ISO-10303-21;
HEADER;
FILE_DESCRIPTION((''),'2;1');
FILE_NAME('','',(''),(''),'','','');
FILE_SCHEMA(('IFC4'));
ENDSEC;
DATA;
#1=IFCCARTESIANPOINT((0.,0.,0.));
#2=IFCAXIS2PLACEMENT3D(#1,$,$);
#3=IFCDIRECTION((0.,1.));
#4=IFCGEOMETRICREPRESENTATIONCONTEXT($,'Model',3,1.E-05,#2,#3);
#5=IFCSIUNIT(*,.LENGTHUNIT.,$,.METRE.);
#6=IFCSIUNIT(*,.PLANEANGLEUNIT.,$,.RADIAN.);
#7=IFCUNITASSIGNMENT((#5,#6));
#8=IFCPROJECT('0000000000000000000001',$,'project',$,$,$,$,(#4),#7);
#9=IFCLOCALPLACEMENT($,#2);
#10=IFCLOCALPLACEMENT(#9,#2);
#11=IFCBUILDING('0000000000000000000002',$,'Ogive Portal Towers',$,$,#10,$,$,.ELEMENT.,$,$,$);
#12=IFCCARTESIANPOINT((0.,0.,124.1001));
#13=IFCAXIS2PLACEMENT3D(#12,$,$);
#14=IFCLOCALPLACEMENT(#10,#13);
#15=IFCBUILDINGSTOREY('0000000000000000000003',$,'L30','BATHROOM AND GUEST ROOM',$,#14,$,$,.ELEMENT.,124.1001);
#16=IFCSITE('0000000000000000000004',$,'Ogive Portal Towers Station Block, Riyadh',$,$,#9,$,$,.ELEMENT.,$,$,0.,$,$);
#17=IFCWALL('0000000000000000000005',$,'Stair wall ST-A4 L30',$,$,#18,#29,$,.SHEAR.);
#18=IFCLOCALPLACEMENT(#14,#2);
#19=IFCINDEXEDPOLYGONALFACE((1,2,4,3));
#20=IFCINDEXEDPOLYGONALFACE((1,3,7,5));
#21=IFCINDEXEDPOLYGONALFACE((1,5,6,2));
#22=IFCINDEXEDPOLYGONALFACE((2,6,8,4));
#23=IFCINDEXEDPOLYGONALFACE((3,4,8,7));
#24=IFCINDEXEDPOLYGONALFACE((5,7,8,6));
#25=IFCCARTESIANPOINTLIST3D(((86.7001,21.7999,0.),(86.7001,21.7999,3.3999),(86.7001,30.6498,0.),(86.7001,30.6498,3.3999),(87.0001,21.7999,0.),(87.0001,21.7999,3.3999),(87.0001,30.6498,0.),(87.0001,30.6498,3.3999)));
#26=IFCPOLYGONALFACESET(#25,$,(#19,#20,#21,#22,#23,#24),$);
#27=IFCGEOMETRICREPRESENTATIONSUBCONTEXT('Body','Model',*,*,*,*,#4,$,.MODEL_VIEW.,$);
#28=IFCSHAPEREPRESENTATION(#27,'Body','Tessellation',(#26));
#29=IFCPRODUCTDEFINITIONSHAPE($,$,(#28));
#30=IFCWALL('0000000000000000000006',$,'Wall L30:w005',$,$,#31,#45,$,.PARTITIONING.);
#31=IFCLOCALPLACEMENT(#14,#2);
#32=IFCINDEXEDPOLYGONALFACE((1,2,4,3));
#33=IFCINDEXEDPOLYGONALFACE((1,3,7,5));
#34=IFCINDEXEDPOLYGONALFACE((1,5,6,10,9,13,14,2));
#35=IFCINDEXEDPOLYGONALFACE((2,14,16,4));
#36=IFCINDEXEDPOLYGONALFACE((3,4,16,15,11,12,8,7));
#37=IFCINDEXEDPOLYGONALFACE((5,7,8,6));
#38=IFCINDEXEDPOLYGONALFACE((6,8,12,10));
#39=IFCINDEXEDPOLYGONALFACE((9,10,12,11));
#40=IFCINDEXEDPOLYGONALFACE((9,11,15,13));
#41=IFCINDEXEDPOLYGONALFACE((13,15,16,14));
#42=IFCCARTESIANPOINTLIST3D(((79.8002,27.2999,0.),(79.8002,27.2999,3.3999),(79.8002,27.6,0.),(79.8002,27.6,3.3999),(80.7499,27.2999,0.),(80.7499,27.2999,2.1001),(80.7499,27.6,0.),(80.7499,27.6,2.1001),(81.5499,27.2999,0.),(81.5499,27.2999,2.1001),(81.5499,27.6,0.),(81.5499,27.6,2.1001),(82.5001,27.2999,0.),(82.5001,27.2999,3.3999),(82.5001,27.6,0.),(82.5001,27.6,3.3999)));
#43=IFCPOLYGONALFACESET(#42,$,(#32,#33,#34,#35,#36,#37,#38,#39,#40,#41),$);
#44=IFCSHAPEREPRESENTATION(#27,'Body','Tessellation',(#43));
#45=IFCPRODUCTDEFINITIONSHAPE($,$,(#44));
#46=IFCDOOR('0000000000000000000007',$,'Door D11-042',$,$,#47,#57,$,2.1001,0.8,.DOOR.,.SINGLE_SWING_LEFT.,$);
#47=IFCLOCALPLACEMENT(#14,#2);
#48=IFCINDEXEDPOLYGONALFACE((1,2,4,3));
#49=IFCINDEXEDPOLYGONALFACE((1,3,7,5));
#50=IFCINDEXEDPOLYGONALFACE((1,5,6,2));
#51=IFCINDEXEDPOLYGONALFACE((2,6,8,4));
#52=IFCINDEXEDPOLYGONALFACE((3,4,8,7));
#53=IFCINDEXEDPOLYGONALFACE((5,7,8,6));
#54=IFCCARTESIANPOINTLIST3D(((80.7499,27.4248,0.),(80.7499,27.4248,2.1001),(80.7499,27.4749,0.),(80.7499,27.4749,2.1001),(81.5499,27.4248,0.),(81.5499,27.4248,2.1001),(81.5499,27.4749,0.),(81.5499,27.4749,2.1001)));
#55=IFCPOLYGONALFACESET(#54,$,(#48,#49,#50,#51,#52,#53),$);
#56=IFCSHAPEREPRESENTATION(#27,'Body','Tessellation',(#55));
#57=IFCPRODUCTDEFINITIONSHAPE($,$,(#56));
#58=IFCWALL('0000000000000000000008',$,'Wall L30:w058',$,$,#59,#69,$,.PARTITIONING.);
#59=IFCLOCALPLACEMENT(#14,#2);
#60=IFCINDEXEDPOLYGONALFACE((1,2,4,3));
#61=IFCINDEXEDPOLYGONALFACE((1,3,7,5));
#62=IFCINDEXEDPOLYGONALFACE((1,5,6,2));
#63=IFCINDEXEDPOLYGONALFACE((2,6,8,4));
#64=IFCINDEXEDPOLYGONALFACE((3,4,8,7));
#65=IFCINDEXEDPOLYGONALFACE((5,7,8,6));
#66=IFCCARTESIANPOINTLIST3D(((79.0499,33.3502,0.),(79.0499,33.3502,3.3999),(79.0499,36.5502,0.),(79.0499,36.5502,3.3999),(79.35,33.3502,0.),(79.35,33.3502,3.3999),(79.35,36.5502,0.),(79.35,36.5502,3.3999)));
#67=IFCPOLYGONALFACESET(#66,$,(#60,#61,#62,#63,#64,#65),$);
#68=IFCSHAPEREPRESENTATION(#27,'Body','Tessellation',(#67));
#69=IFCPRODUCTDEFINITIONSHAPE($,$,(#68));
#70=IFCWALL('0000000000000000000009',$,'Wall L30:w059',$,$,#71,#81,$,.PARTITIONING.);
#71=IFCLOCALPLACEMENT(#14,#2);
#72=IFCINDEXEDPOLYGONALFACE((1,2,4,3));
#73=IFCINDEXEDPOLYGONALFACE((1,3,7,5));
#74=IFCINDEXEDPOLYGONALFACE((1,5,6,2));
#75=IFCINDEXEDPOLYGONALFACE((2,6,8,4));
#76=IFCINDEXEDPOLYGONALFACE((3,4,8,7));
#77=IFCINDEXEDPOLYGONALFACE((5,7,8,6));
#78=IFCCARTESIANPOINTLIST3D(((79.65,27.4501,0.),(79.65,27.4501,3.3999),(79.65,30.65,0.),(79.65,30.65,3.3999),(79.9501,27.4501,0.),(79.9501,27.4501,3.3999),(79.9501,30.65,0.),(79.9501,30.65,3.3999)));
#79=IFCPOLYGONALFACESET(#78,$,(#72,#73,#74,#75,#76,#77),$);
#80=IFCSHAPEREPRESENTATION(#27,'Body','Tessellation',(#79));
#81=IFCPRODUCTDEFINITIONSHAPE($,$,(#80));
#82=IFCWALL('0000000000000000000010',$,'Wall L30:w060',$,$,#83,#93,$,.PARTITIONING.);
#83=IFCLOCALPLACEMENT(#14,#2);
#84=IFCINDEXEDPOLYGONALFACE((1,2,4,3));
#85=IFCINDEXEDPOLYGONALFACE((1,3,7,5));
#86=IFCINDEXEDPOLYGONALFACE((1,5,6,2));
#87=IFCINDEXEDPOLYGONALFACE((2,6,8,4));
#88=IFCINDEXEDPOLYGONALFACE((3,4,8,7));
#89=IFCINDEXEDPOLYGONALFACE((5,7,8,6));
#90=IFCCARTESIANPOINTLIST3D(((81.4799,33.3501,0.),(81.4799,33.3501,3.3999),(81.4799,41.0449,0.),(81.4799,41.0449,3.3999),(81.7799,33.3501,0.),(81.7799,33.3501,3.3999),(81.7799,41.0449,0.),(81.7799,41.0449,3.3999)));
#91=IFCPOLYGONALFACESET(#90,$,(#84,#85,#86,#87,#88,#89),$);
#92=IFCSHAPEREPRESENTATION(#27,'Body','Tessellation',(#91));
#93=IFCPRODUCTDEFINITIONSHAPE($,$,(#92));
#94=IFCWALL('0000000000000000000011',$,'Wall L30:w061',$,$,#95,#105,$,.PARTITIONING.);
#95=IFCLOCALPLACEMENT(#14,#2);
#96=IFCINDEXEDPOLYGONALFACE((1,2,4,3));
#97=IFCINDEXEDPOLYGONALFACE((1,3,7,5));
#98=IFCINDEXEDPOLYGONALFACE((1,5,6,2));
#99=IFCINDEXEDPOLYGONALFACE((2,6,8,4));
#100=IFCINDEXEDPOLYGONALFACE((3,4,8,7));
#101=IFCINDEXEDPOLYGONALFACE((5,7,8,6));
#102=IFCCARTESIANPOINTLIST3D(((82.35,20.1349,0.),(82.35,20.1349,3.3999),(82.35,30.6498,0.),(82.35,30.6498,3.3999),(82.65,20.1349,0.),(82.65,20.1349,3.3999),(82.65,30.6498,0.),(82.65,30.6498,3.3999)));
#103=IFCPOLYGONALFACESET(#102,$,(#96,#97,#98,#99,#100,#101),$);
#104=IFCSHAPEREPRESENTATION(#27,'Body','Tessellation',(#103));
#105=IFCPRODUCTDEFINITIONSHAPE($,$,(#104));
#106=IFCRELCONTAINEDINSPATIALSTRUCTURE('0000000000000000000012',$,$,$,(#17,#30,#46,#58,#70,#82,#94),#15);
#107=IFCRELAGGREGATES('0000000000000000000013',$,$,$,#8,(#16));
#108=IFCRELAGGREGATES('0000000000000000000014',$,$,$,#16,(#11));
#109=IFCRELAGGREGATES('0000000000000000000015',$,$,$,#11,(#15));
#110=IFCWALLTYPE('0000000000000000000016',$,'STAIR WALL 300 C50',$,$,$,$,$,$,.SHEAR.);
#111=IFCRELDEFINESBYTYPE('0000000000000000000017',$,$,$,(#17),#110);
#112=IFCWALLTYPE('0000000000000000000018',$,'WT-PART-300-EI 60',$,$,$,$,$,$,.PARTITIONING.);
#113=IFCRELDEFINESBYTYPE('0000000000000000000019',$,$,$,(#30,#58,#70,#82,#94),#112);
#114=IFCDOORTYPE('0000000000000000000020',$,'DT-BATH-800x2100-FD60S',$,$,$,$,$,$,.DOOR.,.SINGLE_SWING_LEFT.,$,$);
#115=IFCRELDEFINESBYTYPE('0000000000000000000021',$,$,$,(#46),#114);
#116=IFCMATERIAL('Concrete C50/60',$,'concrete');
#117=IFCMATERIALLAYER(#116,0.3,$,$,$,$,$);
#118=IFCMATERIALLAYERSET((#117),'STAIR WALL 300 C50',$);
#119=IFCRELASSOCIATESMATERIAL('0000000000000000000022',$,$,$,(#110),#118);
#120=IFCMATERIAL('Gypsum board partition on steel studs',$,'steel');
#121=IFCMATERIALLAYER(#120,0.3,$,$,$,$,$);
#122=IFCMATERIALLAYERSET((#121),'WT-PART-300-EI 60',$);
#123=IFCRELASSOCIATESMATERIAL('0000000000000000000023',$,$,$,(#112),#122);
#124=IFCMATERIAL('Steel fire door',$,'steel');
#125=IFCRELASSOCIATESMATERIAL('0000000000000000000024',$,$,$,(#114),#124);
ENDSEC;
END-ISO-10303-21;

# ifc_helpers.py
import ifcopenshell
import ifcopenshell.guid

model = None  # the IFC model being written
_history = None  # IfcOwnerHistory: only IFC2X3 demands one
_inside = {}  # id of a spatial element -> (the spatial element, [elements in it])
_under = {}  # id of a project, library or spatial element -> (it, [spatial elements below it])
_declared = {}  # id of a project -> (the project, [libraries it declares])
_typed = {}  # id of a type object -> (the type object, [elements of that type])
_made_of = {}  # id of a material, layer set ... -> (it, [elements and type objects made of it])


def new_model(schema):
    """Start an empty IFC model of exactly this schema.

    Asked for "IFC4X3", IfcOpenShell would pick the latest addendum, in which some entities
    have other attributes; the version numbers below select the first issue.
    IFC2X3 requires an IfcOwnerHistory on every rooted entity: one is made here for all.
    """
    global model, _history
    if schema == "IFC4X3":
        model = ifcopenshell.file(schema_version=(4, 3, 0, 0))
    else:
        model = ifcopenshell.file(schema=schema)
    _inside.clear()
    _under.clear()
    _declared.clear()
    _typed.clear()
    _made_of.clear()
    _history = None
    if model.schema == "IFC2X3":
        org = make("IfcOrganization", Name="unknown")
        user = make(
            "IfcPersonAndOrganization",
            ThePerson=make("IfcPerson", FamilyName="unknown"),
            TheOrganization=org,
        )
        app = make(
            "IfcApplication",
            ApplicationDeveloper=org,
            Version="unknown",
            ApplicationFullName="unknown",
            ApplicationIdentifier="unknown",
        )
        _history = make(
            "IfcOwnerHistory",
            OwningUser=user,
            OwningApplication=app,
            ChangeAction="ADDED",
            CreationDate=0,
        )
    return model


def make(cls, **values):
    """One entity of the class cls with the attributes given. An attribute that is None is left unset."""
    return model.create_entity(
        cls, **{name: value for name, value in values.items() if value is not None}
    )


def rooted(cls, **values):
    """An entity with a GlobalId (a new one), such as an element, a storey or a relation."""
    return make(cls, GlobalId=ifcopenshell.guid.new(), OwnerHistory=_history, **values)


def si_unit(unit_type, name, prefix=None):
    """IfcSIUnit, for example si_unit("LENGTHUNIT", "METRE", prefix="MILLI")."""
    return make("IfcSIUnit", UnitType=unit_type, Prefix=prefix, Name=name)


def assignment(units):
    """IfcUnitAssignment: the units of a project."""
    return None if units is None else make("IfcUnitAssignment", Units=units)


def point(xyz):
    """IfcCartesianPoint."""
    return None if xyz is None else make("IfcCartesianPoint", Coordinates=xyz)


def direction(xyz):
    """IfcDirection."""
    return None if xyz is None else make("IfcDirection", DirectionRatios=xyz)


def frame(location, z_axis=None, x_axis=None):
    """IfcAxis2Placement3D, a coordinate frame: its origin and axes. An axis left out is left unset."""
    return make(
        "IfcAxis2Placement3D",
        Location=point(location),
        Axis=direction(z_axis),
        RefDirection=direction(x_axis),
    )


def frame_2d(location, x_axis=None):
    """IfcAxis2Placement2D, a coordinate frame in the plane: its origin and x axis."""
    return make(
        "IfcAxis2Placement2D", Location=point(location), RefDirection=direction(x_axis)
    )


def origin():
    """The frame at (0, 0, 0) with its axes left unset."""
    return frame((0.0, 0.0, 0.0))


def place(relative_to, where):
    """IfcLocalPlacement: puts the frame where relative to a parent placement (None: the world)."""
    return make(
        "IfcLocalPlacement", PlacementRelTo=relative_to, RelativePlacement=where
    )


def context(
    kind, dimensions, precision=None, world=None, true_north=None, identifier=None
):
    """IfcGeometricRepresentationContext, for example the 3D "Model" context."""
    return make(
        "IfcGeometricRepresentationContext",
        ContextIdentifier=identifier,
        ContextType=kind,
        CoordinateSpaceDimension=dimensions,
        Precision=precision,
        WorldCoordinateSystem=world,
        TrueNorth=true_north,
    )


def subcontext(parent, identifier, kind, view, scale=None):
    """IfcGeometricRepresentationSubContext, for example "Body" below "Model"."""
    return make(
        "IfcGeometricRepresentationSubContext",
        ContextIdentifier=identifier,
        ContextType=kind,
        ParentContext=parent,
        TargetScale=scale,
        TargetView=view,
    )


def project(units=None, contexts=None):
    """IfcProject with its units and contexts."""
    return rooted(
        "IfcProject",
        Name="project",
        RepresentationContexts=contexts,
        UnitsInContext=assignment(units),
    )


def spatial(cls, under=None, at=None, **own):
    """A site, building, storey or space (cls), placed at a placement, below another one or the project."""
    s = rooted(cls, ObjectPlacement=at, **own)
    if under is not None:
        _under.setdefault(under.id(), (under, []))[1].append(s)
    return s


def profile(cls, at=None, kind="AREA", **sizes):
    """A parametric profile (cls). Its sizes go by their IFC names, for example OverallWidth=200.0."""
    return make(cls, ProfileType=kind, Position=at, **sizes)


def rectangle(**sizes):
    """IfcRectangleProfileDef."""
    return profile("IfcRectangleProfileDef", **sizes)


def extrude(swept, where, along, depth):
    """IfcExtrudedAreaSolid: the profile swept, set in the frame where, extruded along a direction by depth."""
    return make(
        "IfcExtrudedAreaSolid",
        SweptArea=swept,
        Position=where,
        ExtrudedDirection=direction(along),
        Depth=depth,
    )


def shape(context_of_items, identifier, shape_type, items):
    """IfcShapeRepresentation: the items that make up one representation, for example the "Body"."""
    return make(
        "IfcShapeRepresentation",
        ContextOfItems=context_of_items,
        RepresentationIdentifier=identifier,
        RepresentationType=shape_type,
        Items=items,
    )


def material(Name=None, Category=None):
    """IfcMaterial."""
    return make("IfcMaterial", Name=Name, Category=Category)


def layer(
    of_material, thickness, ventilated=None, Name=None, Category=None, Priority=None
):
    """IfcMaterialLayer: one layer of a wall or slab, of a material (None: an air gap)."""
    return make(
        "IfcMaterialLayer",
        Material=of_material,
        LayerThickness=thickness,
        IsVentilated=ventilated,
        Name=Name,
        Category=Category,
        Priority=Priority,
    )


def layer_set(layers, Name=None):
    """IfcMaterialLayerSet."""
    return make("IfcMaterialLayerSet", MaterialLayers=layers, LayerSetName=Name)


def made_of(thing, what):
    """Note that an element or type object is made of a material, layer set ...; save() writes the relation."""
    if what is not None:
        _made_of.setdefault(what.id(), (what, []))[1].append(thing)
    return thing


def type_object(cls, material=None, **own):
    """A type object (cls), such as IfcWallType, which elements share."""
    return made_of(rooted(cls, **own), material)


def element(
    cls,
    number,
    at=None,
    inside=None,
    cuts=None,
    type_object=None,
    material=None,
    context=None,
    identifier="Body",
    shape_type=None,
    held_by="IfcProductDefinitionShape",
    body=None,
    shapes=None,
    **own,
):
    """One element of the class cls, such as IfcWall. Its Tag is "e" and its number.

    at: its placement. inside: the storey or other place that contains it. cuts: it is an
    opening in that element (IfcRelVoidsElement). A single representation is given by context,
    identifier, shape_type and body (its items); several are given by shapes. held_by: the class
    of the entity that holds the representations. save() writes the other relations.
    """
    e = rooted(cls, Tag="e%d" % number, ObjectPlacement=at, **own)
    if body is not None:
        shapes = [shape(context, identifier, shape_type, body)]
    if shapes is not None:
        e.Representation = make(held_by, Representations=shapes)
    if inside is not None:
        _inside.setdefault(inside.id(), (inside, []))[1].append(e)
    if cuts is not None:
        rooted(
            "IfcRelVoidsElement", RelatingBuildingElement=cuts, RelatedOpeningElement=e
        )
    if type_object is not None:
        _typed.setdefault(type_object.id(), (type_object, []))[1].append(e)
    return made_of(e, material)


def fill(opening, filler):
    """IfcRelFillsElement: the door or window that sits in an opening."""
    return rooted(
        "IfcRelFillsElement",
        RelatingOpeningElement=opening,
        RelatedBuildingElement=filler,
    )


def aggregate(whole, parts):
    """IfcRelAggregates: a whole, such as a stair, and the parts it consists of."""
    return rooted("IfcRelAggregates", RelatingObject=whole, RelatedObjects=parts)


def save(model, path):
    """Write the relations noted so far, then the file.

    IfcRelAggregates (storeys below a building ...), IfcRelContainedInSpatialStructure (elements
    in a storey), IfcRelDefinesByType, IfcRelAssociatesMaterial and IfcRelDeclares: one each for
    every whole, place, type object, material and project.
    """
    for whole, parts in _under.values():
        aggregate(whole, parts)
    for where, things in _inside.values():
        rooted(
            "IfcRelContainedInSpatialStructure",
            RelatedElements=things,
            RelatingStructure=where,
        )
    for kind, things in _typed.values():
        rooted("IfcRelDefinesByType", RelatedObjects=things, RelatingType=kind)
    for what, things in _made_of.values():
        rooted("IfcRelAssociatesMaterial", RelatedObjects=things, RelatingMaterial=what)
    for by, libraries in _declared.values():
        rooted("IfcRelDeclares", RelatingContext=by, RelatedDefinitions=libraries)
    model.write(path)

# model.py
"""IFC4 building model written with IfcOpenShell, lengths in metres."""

from ifc_helpers import new_model, si_unit, direction, frame, frame_2d, origin, place, context, subcontext, project, spatial, rectangle, extrude, material, layer, layer_set, type_object, element, fill, save


model = new_model("IFC4")

# Units and contexts
model_context = context("Model", 3, precision=1e-05, world=origin(), true_north=direction((0.0, 1.0)))
body_context = subcontext(model_context, "Body", "Model", "MODEL_VIEW")
ifc_project = project(units=[si_unit("LENGTHUNIT", "METRE"), si_unit("PLANEANGLEUNIT", "RADIAN")], contexts=[model_context])

# Site, building, storey
site_placement = place(None, origin())
site = spatial("IfcSite", under=ifc_project, at=site_placement, Name="Ogive Portal Towers Station Block, Riyadh", CompositionType="ELEMENT", RefElevation=0.0)
building_placement = place(site_placement, origin())
building = spatial("IfcBuilding", under=site, at=building_placement, Name="Ogive Portal Towers", CompositionType="ELEMENT")
storey_placement = place(building_placement, frame((0.0, 0.0, 124.1001)))
storey = spatial("IfcBuildingStorey", under=building, at=storey_placement, Name="L30", Description="BATHROOM AND GUEST ROOM", CompositionType="ELEMENT", Elevation=124.1001)

# Shared definitions
ifc_material_1 = material(Name="Steel fire door", Category="steel")

# Shared definitions
ifc_material_2 = material(Name="Concrete C50/60", Category="concrete")
ifc_layer_1 = layer(ifc_material_2, 0.3)
ifc_layer_set_1 = layer_set([ifc_layer_1], Name="STAIR WALL 300 C50")
wall_type_1 = type_object("IfcWallType", Name="STAIR WALL 300 C50", PredefinedType="SHEAR", material=ifc_layer_set_1)

# Wall
wall_1_placement = place(storey_placement, frame((86.8501, 21.8, 0.0), z_axis=(0.0, 0.0, 1.0), x_axis=(0.0, 1.0, 0.0)))
element("IfcWall", 1, at=wall_1_placement, inside=storey, type_object=wall_type_1, Name="Stair wall ST-A4 L30", PredefinedType="SHEAR", context=body_context, shape_type="SweptSolid", body=[
    extrude(rectangle(XDim=8.8499, YDim=0.3, at=frame_2d((4.4248, 0.0))), origin(), (0.0, 0.0, 1.0), 3.3999),
])

# Wall, opening, door
ifc_material_3 = material(Name="Gypsum board partition on steel studs", Category="steel")
ifc_layer_2 = layer(ifc_material_3, 0.3)
ifc_layer_set_2 = layer_set([ifc_layer_2], Name="WT-PART-300-EI 60")
wall_type_2 = type_object("IfcWallType", Name="WT-PART-300-EI 60", PredefinedType="PARTITIONING", material=ifc_layer_set_2)
wall_2_placement = place(storey_placement, frame((79.8, 27.45, 0.0), z_axis=(0.0, 0.0, 1.0), x_axis=(1.0, 0.0, 0.0)))
wall_2 = element("IfcWall", 2, at=wall_2_placement, inside=storey, type_object=wall_type_2, Name="Wall L30:w005", PredefinedType="PARTITIONING", context=body_context, shape_type="SweptSolid", body=[
    extrude(rectangle(XDim=2.7, YDim=0.3, at=frame_2d((1.3501, 0.0))), origin(), (0.0, 0.0, 1.0), 3.3999),
])
opening_1_placement = place(wall_2_placement, frame((0.95, 0.0, 0.0)))
opening_1 = element("IfcOpeningElement", 3, at=opening_1_placement, cuts=wall_2, PredefinedType="OPENING", context=body_context, shape_type="SweptSolid", body=[
    extrude(rectangle(XDim=0.8, YDim=2.1001, at=frame_2d((0.3999, 1.05))), frame((0.0, 0.1602, 0.0), z_axis=(0.0, -1.0, 0.0), x_axis=(1.0, 0.0, 0.0)), (0.0, 0.0, 1.0), 0.3201),
])
door_type_1 = type_object("IfcDoorType", Name="DT-BATH-800x2100-FD60S", OperationType="SINGLE_SWING_LEFT", PredefinedType="DOOR", material=ifc_material_1)
door_1_placement = place(opening_1_placement, origin())
door_1 = element("IfcDoor", 4, at=door_1_placement, inside=storey, type_object=door_type_1, Name="Door D11-042", OperationType="SINGLE_SWING_LEFT", OverallHeight=2.1001, OverallWidth=0.8, PredefinedType="DOOR", context=body_context, shape_type="SweptSolid", body=[
    extrude(rectangle(XDim=0.8, YDim=2.1001, at=frame_2d((0.3999, 1.05))), frame((0.0, 0.0249, 0.0), z_axis=(0.0, -1.0, 0.0), x_axis=(1.0, 0.0, 0.0)), (0.0, 0.0, 1.0), 0.05),
])
fill(opening_1, door_1)

# Walls
for number, where, z_axis, x_axis, name in (
    (5, (79.2, 33.3501, 0.0), (0.0, 0.0, 1.0), (0.0, 1.0, 0.0), "Wall L30:w058"),
    (6, (79.8, 27.45, 0.0), (0.0, 0.0, 1.0), (0.0, 1.0, 0.0), "Wall L30:w059"),
):
    element("IfcWall", number, at=place(storey_placement, frame(where, z_axis=z_axis, x_axis=x_axis)), inside=storey, type_object=wall_type_2, Name=name, PredefinedType="PARTITIONING", context=body_context, shape_type="SweptSolid", body=[
        extrude(rectangle(XDim=3.2, YDim=0.3, at=frame_2d((1.6001, 0.0))), origin(), (0.0, 0.0, 1.0), 3.3999),
    ])
wall_3_placement = place(storey_placement, frame((81.6299, 33.3501, 0.0), z_axis=(0.0, 0.0, 1.0), x_axis=(0.0, 1.0, 0.0)))
element("IfcWall", 7, at=wall_3_placement, inside=storey, type_object=wall_type_2, Name="Wall L30:w060", PredefinedType="PARTITIONING", context=body_context, shape_type="SweptSolid", body=[
    extrude(rectangle(XDim=7.6948, YDim=0.3, at=frame_2d((3.8474, 0.0))), origin(), (0.0, 0.0, 1.0), 3.3999),
])
wall_4_placement = place(storey_placement, frame((82.5, 20.135, 0.0), z_axis=(0.0, 0.0, 1.0), x_axis=(0.0, 1.0, 0.0)))
element("IfcWall", 8, at=wall_4_placement, inside=storey, type_object=wall_type_2, Name="Wall L30:w061", PredefinedType="PARTITIONING", context=body_context, shape_type="SweptSolid", body=[
    extrude(rectangle(XDim=10.5149, YDim=0.3, at=frame_2d((5.2573, 0.0))), origin(), (0.0, 0.0, 1.0), 3.3999),
])

save(model, "model.ifc")
